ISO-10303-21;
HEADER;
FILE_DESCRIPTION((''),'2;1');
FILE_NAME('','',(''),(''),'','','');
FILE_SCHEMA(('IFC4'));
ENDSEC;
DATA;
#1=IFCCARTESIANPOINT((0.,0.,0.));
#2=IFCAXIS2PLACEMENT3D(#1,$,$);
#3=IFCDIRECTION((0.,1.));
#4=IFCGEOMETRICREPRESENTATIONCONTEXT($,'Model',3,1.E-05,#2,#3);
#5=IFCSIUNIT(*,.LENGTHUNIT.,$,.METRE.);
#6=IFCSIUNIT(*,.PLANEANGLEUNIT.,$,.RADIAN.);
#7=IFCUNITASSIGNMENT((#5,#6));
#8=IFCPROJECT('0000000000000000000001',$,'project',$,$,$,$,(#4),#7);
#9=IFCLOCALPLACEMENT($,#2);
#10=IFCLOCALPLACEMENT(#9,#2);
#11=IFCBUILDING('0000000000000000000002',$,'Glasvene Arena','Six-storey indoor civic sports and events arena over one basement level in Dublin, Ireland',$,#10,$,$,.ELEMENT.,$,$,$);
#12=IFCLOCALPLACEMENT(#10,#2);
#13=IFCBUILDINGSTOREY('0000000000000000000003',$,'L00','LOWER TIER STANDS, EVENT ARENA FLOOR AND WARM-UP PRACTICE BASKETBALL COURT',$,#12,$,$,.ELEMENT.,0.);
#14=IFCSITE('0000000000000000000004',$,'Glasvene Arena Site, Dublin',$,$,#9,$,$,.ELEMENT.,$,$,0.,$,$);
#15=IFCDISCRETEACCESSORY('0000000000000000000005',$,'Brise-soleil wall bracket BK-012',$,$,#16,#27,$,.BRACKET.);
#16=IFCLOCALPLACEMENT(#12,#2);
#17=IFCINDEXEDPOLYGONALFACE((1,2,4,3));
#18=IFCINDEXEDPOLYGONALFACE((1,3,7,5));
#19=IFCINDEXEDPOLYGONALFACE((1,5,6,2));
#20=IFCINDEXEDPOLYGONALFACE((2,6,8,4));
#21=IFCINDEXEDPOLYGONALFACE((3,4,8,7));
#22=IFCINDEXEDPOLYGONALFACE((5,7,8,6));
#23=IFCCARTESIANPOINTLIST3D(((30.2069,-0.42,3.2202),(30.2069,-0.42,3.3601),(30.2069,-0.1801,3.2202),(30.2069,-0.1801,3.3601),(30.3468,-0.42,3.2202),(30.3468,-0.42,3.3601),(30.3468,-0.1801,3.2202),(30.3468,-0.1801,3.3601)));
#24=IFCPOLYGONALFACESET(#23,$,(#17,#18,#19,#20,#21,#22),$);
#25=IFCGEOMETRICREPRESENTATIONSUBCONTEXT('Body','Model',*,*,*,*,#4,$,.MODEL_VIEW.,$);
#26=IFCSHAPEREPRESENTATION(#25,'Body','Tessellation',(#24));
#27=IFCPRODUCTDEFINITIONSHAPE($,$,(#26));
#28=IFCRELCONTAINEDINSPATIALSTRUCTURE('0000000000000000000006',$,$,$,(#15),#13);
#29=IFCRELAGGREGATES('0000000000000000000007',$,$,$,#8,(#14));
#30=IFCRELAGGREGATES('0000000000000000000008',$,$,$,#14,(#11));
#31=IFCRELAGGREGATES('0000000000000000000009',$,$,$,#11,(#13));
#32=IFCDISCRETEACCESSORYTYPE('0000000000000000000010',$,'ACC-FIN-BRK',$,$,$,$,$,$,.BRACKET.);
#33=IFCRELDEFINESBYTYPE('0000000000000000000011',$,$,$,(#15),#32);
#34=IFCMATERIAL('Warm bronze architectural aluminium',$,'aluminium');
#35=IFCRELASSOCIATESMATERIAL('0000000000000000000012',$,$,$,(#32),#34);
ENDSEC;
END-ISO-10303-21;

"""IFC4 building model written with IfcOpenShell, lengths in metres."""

from ifc_helpers import new_model, si_unit, direction, frame, origin, origin_2d, place, context, subcontext, project, spatial, rectangle, extrude, material, type_object, element, save


model = new_model("IFC4")

# Units and contexts
model_context = context("Model", 3, precision=1e-05, world=origin(), true_north=direction((0.0, 1.0)))
body_context = subcontext(model_context, "Body", "Model", "MODEL_VIEW")
ifc_project = project(units=[si_unit("LENGTHUNIT", "METRE"), si_unit("PLANEANGLEUNIT", "RADIAN")], contexts=[model_context])

# Site, building, storey
site_placement = place(None, origin())
site = spatial("IfcSite", under=ifc_project, at=site_placement, Name="Glasvene Arena Site, Dublin", CompositionType="ELEMENT", RefElevation=0.0)
building_placement = place(site_placement, origin())
building = spatial("IfcBuilding", under=site, at=building_placement, Name="Glasvene Arena", Description="Six-storey indoor civic sports and events arena over one basement level in Dublin, Ireland", CompositionType="ELEMENT")
storey_placement = place(building_placement, origin())
storey = spatial("IfcBuildingStorey", under=building, at=storey_placement, Name="L00", Description="LOWER TIER STANDS, EVENT ARENA FLOOR AND WARM-UP PRACTICE BASKETBALL COURT", CompositionType="ELEMENT", Elevation=0.0)

# Shared definitions
ifc_material_1 = material(Name="Warm bronze architectural aluminium", Category="aluminium")

# Discrete accessory
discrete_accessory_type_1 = type_object("IfcDiscreteAccessoryType", Name="ACC-FIN-BRK", PredefinedType="BRACKET", material=ifc_material_1)
for number, where, z_axis, x_axis, name in (
    (1, (30.2769, -0.3, 3.2202), (0.0, 0.0, 1.0), (-1.0, 0.0, 0.0), "Brise-soleil wall bracket BK-012"),
):
    element("IfcDiscreteAccessory", number, at=place(storey_placement, frame(where, z_axis=z_axis, x_axis=x_axis)), inside=storey, type_object=discrete_accessory_type_1, Name=name, PredefinedType="BRACKET", context=body_context, shape_type="SweptSolid", body=[
        extrude(rectangle(XDim=0.1399, YDim=0.24, at=origin_2d()), origin(), (0.0, 0.0, 1.0), 0.1399),
    ])

save(model, "model.ifc")
